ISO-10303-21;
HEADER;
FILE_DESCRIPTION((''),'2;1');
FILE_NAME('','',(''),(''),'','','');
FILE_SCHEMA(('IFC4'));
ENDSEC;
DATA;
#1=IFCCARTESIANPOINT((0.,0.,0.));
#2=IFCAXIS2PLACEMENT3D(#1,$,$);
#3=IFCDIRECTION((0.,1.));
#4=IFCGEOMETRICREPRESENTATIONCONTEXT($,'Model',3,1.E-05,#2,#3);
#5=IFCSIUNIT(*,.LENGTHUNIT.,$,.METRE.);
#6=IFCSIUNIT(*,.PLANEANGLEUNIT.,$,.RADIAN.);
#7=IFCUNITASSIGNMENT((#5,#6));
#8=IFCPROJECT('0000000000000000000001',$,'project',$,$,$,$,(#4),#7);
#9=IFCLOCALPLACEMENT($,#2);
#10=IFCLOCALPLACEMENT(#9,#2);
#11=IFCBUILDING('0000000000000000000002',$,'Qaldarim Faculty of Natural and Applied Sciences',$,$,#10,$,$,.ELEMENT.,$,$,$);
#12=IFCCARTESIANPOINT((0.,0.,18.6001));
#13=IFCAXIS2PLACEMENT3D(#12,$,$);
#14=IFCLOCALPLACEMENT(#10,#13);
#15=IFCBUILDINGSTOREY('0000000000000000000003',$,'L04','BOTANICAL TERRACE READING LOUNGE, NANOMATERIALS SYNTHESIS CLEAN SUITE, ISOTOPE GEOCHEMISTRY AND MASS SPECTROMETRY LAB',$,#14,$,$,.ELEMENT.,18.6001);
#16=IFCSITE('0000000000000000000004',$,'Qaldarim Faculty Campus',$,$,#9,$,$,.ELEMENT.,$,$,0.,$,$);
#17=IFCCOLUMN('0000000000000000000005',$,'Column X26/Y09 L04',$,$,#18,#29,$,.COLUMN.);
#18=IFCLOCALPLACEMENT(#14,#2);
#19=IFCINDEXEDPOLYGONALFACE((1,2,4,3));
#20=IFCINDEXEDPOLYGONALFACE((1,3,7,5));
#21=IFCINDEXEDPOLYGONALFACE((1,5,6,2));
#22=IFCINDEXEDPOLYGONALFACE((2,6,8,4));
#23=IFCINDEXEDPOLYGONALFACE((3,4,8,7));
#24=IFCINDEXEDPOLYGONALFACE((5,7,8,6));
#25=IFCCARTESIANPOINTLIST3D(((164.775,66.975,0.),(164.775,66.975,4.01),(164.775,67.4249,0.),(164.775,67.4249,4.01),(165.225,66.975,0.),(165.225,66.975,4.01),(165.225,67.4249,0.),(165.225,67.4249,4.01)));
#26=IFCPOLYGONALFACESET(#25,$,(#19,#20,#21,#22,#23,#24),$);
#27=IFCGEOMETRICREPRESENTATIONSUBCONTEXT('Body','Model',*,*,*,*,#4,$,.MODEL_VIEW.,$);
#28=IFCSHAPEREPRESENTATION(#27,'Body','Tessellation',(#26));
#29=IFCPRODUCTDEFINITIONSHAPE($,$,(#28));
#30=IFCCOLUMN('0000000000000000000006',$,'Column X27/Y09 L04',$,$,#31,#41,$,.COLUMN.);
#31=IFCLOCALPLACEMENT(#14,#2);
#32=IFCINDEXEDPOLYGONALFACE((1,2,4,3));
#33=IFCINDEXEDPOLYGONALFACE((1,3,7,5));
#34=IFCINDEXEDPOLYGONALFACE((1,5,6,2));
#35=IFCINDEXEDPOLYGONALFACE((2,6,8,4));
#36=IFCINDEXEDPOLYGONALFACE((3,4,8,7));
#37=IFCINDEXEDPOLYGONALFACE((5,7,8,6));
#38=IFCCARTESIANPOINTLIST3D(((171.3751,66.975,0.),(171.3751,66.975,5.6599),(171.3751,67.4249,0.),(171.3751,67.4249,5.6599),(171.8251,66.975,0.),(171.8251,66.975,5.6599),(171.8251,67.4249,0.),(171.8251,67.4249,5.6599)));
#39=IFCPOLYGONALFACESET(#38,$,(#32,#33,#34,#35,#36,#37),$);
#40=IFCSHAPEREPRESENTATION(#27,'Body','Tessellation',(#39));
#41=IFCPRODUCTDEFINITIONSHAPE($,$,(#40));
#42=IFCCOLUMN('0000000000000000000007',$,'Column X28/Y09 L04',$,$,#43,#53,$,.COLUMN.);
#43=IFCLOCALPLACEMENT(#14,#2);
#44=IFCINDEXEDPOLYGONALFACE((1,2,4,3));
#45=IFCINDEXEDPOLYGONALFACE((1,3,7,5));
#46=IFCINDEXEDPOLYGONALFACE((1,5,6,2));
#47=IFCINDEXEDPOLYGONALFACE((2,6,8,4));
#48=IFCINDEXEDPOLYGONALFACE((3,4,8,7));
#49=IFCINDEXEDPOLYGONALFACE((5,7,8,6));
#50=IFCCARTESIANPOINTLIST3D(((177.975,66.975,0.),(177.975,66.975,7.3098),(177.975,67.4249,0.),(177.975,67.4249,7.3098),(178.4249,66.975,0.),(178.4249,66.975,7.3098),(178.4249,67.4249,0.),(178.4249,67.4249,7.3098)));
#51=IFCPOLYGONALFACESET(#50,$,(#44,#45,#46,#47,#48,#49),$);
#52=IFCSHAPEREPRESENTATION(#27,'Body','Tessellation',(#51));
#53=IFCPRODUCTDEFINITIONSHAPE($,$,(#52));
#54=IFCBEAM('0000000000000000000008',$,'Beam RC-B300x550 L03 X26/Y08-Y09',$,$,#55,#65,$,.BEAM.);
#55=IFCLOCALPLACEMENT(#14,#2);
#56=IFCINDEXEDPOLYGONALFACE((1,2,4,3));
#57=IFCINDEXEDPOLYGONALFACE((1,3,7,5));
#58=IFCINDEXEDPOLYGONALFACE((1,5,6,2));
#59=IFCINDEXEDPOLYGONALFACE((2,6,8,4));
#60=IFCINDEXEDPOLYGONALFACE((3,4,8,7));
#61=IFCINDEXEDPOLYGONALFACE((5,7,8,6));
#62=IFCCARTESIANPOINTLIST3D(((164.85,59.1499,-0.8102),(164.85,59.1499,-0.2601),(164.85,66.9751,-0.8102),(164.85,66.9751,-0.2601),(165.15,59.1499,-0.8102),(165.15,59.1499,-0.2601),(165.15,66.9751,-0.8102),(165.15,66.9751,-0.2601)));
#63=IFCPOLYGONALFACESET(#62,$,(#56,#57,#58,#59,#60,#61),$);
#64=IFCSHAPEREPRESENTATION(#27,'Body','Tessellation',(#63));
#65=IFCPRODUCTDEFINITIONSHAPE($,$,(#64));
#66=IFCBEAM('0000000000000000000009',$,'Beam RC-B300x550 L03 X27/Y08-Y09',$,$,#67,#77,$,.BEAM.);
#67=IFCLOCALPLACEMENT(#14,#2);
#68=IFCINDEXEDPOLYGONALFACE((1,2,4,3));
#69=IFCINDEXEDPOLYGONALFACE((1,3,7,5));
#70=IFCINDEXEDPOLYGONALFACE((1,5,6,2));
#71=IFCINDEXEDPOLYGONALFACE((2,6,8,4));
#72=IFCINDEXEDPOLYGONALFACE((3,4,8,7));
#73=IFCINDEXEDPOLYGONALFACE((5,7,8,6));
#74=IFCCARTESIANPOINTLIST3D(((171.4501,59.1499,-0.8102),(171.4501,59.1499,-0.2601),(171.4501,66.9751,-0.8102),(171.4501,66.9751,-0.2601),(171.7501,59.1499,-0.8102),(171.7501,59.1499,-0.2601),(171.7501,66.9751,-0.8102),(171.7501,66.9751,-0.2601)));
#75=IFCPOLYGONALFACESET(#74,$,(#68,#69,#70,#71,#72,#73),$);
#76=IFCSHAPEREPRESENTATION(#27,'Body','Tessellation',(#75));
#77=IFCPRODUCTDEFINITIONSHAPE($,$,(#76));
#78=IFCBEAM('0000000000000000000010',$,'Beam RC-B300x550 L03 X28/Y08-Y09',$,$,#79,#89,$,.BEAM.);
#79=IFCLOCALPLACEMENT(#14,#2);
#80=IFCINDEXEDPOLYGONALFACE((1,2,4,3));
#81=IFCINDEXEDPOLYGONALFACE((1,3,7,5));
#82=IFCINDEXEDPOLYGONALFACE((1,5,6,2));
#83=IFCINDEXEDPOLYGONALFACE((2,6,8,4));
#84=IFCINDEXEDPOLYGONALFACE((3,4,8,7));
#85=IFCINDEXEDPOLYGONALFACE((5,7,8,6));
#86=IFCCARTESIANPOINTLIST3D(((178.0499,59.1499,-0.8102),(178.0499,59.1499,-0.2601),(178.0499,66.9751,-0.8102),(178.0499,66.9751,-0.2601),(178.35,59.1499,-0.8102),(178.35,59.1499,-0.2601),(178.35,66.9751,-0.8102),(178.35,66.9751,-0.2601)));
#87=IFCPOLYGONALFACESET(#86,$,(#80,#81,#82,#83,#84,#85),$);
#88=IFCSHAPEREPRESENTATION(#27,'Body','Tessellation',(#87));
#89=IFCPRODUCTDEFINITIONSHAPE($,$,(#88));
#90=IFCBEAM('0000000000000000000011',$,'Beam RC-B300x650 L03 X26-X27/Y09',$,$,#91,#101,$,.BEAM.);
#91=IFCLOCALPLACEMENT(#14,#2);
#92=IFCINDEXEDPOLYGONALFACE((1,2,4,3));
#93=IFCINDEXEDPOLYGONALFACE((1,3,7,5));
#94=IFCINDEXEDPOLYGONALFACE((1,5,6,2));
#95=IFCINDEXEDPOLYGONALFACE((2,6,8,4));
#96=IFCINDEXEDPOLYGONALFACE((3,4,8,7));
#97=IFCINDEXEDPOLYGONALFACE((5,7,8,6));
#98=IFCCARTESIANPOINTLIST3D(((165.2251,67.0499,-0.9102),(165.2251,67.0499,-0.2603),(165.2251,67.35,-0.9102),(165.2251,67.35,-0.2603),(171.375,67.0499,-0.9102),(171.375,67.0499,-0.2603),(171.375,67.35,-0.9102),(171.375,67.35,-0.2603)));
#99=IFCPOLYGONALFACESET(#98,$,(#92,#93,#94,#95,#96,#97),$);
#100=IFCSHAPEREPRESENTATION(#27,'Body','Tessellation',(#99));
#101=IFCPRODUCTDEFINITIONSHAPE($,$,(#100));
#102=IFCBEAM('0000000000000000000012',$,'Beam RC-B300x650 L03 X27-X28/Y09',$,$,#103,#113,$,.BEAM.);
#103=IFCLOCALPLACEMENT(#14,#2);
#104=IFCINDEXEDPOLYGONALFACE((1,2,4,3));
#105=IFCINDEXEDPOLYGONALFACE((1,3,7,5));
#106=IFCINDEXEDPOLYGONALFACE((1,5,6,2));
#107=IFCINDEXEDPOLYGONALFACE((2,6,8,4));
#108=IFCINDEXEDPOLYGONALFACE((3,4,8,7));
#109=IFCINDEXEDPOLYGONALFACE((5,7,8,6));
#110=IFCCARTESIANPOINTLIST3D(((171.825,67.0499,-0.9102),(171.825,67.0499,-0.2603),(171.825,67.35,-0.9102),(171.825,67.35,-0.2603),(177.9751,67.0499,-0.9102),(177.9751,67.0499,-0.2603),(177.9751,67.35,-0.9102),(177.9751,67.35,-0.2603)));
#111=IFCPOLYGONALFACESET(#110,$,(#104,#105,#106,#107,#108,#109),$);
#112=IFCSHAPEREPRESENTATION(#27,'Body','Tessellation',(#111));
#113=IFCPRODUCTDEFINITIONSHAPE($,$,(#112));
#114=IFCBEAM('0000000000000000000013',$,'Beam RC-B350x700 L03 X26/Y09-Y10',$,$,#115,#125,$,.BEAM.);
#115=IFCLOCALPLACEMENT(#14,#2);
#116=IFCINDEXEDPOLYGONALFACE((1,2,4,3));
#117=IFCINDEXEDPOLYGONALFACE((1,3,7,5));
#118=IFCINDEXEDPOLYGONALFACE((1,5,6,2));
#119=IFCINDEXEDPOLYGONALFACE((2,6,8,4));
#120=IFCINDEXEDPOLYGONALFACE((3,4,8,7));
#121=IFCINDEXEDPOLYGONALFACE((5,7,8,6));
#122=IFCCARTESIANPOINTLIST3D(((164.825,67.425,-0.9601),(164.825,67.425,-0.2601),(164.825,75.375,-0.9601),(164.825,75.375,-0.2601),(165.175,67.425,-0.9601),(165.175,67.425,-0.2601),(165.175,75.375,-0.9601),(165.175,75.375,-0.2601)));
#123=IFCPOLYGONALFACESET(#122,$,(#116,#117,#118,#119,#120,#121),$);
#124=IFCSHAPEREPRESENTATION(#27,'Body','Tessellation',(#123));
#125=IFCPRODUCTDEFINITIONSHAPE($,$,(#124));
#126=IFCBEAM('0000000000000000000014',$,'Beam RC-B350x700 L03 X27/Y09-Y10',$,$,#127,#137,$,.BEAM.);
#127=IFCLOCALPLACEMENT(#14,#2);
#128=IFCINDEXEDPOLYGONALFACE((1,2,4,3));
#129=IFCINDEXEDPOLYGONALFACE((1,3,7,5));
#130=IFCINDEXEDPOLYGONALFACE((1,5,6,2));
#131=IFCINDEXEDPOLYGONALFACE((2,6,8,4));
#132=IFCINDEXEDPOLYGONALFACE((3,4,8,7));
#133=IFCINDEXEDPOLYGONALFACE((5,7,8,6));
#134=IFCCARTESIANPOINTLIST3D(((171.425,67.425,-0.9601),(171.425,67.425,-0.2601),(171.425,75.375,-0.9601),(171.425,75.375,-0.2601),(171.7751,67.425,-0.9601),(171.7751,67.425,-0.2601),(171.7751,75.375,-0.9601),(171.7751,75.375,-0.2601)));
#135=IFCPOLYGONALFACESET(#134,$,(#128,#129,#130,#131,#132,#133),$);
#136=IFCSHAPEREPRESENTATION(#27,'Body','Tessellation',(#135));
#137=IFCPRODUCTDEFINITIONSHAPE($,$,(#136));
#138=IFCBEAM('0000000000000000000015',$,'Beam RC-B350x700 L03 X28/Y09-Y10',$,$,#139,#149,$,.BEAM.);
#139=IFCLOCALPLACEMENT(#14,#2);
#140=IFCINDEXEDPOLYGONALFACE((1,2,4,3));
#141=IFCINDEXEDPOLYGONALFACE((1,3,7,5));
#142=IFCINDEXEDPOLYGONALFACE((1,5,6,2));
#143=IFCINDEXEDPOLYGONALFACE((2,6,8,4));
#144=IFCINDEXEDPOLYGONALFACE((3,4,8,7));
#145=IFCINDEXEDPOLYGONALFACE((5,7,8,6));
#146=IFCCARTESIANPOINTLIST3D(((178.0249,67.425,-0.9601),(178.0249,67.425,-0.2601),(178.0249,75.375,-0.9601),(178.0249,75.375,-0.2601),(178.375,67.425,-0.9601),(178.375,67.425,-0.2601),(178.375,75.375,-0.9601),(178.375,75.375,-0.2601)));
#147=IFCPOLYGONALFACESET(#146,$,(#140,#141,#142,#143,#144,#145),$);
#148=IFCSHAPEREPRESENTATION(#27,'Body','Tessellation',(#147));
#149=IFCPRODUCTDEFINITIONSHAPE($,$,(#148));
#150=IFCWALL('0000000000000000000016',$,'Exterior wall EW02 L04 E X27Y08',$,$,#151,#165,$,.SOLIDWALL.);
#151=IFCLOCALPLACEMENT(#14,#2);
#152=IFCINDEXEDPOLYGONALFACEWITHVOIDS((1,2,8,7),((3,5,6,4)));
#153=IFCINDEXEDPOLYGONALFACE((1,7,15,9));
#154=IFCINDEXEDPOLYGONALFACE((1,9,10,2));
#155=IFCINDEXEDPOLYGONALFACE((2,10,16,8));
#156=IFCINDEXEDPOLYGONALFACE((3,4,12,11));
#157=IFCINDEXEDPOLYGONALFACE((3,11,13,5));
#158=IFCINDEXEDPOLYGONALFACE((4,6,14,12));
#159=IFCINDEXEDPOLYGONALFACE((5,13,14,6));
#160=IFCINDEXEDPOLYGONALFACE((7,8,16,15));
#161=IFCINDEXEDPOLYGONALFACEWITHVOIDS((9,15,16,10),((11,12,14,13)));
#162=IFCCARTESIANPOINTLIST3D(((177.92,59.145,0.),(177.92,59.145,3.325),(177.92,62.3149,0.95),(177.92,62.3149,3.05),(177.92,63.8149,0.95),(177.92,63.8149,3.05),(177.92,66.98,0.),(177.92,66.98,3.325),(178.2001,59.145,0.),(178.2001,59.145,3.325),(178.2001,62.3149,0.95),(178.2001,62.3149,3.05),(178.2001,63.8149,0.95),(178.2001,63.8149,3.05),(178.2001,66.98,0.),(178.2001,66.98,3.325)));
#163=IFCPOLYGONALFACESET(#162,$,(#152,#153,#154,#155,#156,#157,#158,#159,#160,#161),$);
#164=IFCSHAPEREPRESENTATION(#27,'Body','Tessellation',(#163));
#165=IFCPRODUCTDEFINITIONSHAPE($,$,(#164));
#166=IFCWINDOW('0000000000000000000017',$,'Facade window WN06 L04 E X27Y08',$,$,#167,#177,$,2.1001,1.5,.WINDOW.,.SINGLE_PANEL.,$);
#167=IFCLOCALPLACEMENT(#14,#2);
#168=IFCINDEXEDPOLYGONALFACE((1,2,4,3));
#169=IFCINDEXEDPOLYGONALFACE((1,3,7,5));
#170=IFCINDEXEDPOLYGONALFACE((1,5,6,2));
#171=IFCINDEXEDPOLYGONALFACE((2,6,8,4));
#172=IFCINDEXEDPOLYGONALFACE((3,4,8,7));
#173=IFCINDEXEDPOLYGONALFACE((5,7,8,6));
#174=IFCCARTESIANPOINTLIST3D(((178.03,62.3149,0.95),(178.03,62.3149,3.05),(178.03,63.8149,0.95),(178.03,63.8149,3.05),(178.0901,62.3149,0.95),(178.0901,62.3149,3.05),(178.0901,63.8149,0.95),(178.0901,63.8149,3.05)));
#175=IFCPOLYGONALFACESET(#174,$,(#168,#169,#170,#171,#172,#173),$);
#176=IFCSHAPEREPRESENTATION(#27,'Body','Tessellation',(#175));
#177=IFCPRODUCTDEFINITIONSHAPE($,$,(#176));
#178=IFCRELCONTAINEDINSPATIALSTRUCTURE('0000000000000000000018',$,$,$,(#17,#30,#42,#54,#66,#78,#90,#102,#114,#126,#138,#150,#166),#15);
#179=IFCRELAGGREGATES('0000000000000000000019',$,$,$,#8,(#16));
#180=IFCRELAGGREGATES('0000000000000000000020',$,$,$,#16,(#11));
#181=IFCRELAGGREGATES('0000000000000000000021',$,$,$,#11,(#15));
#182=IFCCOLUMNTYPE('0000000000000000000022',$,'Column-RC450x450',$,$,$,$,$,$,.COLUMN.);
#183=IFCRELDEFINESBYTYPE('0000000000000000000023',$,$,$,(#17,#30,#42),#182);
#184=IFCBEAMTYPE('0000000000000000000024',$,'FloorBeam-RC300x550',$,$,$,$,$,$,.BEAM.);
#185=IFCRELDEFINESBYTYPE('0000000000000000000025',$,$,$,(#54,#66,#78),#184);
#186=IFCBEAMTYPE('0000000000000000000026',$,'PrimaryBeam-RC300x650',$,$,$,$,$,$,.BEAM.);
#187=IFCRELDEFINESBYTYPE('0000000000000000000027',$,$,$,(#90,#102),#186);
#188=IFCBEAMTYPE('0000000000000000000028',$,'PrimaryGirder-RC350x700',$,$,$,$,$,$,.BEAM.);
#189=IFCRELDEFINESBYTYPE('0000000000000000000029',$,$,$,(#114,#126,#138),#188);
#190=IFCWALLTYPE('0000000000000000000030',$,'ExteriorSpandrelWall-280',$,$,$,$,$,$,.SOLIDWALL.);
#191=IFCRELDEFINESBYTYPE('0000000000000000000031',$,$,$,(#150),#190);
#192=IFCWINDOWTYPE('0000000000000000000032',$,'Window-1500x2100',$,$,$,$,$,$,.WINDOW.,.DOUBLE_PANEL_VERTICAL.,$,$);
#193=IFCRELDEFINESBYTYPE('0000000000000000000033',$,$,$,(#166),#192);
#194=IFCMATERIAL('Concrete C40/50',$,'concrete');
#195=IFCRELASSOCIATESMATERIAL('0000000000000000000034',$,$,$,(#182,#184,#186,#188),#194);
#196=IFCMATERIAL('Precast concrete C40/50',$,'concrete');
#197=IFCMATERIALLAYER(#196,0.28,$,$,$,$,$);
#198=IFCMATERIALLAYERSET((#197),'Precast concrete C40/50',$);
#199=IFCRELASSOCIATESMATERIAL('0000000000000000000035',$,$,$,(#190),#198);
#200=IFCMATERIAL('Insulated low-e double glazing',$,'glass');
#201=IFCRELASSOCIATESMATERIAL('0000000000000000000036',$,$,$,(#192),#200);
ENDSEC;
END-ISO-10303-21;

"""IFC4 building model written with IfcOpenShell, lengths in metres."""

from ifc_helpers import new_model, si_unit, direction, frame, frame_2d, origin, origin_2d, place, context, subcontext, project, spatial, rectangle, extrude, material, layer, layer_set, material_profile, profile_set, type_object, element, fill, save


model = new_model("IFC4")

# Units and contexts
model_context = context("Model", 3, precision=1e-05, world=origin(), true_north=direction((0.0, 1.0)))
body_context = subcontext(model_context, "Body", "Model", "MODEL_VIEW")
ifc_project = project(units=[si_unit("LENGTHUNIT", "METRE"), si_unit("PLANEANGLEUNIT", "RADIAN")], contexts=[model_context])

# Site, building, storey
site_placement = place(None, origin())
site = spatial("IfcSite", under=ifc_project, at=site_placement, Name="Qaldarim Faculty Campus", CompositionType="ELEMENT", RefElevation=0.0)
building_placement = place(site_placement, origin())
building = spatial("IfcBuilding", under=site, at=building_placement, Name="Qaldarim Faculty of Natural and Applied Sciences", CompositionType="ELEMENT")
storey_placement = place(building_placement, frame((0.0, 0.0, 18.6001)))
storey = spatial("IfcBuildingStorey", under=building, at=storey_placement, Name="L04", Description="BOTANICAL TERRACE READING LOUNGE, NANOMATERIALS SYNTHESIS CLEAN SUITE, ISOTOPE GEOCHEMISTRY AND MASS SPECTROMETRY LAB", CompositionType="ELEMENT", Elevation=18.6001)

# Columns
ifc_material_1 = material(Name="Concrete C40/50", Category="concrete")
ifc_material_profile_1 = material_profile(ifc_material_1, rectangle(XDim=0.45, YDim=0.45, at=origin_2d()), Name="RC-C450x450")
ifc_profile_set_1 = profile_set([ifc_material_profile_1], Name="Concrete C40/50")
column_type = type_object("IfcColumnType", Name="Column-RC450x450", PredefinedType="COLUMN", material=ifc_profile_set_1)
column_1_placement = place(storey_placement, frame((165.0, 67.2, 0.0), z_axis=(0.0, 0.0, 1.0), x_axis=(1.0, 0.0, 0.0)))
element("IfcColumn", 1, at=column_1_placement, inside=storey, type_object=column_type, Name="Column X26/Y09 L04", PredefinedType="COLUMN", context=body_context, shape_type="SweptSolid", body=[
    extrude(rectangle(XDim=0.45, YDim=0.45, at=origin_2d()), origin(), (0.0, 0.0, 1.0), 4.01),
])
column_2_placement = place(storey_placement, frame((171.6001, 67.2, 0.0), z_axis=(0.0, 0.0, 1.0), x_axis=(1.0, 0.0, 0.0)))
element("IfcColumn", 2, at=column_2_placement, inside=storey, type_object=column_type, Name="Column X27/Y09 L04", PredefinedType="COLUMN", context=body_context, shape_type="SweptSolid", body=[
    extrude(rectangle(XDim=0.45, YDim=0.45, at=origin_2d()), origin(), (0.0, 0.0, 1.0), 5.6599),
])
column_3_placement = place(storey_placement, frame((178.2, 67.2, 0.0), z_axis=(0.0, 0.0, 1.0), x_axis=(1.0, 0.0, 0.0)))
element("IfcColumn", 3, at=column_3_placement, inside=storey, type_object=column_type, Name="Column X28/Y09 L04", PredefinedType="COLUMN", context=body_context, shape_type="SweptSolid", body=[
    extrude(rectangle(XDim=0.45, YDim=0.45, at=origin_2d()), origin(), (0.0, 0.0, 1.0), 7.3098),
])

# Beams
ifc_material_profile_2 = material_profile(ifc_material_1, rectangle(XDim=0.3, YDim=0.55, at=origin_2d()), Name="RC-B300x550")
ifc_profile_set_2 = profile_set([ifc_material_profile_2], Name="Concrete C40/50")
beam_type_1 = type_object("IfcBeamType", Name="FloorBeam-RC300x550", PredefinedType="BEAM", material=ifc_profile_set_2)
for number, where, z_axis, x_axis, name in (
    (4, (165.0, 59.1499, -0.5352), (0.0, 1.0, 0.0), (-1.0, 0.0, 0.0), "Beam RC-B300x550 L03 X26/Y08-Y09"),
    (5, (171.6001, 59.1499, -0.5352), (0.0, 1.0, 0.0), (-1.0, 0.0, 0.0), "Beam RC-B300x550 L03 X27/Y08-Y09"),
    (6, (178.2, 59.1499, -0.5352), (0.0, 1.0, 0.0), (-1.0, 0.0, 0.0), "Beam RC-B300x550 L03 X28/Y08-Y09"),
):
    element("IfcBeam", number, at=place(storey_placement, frame(where, z_axis=z_axis, x_axis=x_axis)), inside=storey, type_object=beam_type_1, Name=name, PredefinedType="BEAM", context=body_context, shape_type="SweptSolid", body=[
        extrude(rectangle(XDim=0.3, YDim=0.55, at=origin_2d()), origin(), (0.0, 0.0, 1.0), 7.8252),
    ])
ifc_material_profile_3 = material_profile(ifc_material_1, rectangle(XDim=0.3, YDim=0.6499, at=origin_2d()), Name="RC-B300x650")
ifc_profile_set_3 = profile_set([ifc_material_profile_3], Name="Concrete C40/50")
beam_type_2 = type_object("IfcBeamType", Name="PrimaryBeam-RC300x650", PredefinedType="BEAM", material=ifc_profile_set_3)
beam_1_placement = place(storey_placement, frame((165.2251, 67.2, -0.5852), z_axis=(1.0, 0.0, 0.0), x_axis=(0.0, 1.0, 0.0)))
element("IfcBeam", 7, at=beam_1_placement, inside=storey, type_object=beam_type_2, Name="Beam RC-B300x650 L03 X26-X27/Y09", PredefinedType="BEAM", context=body_context, shape_type="SweptSolid", body=[
    extrude(rectangle(XDim=0.3, YDim=0.6499, at=origin_2d()), origin(), (0.0, 0.0, 1.0), 6.1499),
])
beam_2_placement = place(storey_placement, frame((171.825, 67.2, -0.5852), z_axis=(1.0, 0.0, 0.0), x_axis=(0.0, 1.0, 0.0)))
element("IfcBeam", 8, at=beam_2_placement, inside=storey, type_object=beam_type_2, Name="Beam RC-B300x650 L03 X27-X28/Y09", PredefinedType="BEAM", context=body_context, shape_type="SweptSolid", body=[
    extrude(rectangle(XDim=0.3, YDim=0.6499, at=origin_2d()), origin(), (0.0, 0.0, 1.0), 6.1501),
])
ifc_material_profile_4 = material_profile(ifc_material_1, rectangle(XDim=0.3501, YDim=0.7, at=origin_2d()), Name="RC-B350x700")
ifc_profile_set_4 = profile_set([ifc_material_profile_4], Name="Concrete C40/50")
beam_type_3 = type_object("IfcBeamType", Name="PrimaryGirder-RC350x700", PredefinedType="BEAM", material=ifc_profile_set_4)
for number, where, z_axis, x_axis, name in (
    (9, (165.0, 67.425, -0.6101), (0.0, 1.0, 0.0), (-1.0, 0.0, 0.0), "Beam RC-B350x700 L03 X26/Y09-Y10"),
    (10, (171.6001, 67.425, -0.6101), (0.0, 1.0, 0.0), (-1.0, 0.0, 0.0), "Beam RC-B350x700 L03 X27/Y09-Y10"),
    (11, (178.2, 67.425, -0.6101), (0.0, 1.0, 0.0), (-1.0, 0.0, 0.0), "Beam RC-B350x700 L03 X28/Y09-Y10"),
):
    element("IfcBeam", number, at=place(storey_placement, frame(where, z_axis=z_axis, x_axis=x_axis)), inside=storey, type_object=beam_type_3, Name=name, PredefinedType="BEAM", context=body_context, shape_type="SweptSolid", body=[
        extrude(rectangle(XDim=0.3501, YDim=0.7, at=origin_2d()), origin(), (0.0, 0.0, 1.0), 7.95),
    ])

# Wall, opening, window
ifc_material_2 = material(Name="Precast concrete C40/50", Category="concrete")
ifc_layer_1 = layer(ifc_material_2, 0.28)
ifc_layer_set_1 = layer_set([ifc_layer_1], Name="Precast concrete C40/50")
wall_type_1 = type_object("IfcWallType", Name="ExteriorSpandrelWall-280", PredefinedType="SOLIDWALL", material=ifc_layer_set_1)
wall_1_placement = place(storey_placement, frame((178.0601, 59.145, 0.0), z_axis=(0.0, 0.0, 1.0), x_axis=(0.0, 1.0, 0.0)))
wall_1 = element("IfcWall", 12, at=wall_1_placement, inside=storey, type_object=wall_type_1, Name="Exterior wall EW02 L04 E X27Y08", PredefinedType="SOLIDWALL", context=body_context, shape_type="SweptSolid", body=[
    extrude(rectangle(XDim=7.835, YDim=0.28, at=frame_2d((3.9175, 0.0))), origin(), (0.0, 0.0, 1.0), 3.325),
])
opening_1_placement = place(wall_1_placement, frame((3.1699, 0.0, 0.95)))
opening_1 = element("IfcOpeningElement", 13, at=opening_1_placement, cuts=wall_1, PredefinedType="OPENING", context=body_context, shape_type="SweptSolid", body=[
    extrude(rectangle(XDim=1.5, YDim=2.1001, at=frame_2d((0.75, 1.05))), frame((0.0, 0.1499, 0.0), z_axis=(0.0, -1.0, 0.0), x_axis=(1.0, 0.0, 0.0)), (0.0, 0.0, 1.0), 0.3),
])
ifc_material_3 = material(Name="Insulated low-e double glazing", Category="glass")
window_type_1 = type_object("IfcWindowType", Name="Window-1500x2100", PartitioningType="DOUBLE_PANEL_VERTICAL", PredefinedType="WINDOW", material=ifc_material_3)
window_1_placement = place(opening_1_placement, origin())
window_1 = element("IfcWindow", 14, at=window_1_placement, inside=storey, type_object=window_type_1, Name="Facade window WN06 L04 E X27Y08", OverallHeight=2.1001, OverallWidth=1.5, PartitioningType="SINGLE_PANEL", PredefinedType="WINDOW", context=body_context, shape_type="SweptSolid", body=[
    extrude(rectangle(XDim=1.5, YDim=2.1001, at=frame_2d((0.75, 1.05))), frame((0.0, 0.03, 0.0), z_axis=(0.0, -1.0, 0.0), x_axis=(1.0, 0.0, 0.0)), (0.0, 0.0, 1.0), 0.0601),
])
fill(opening_1, window_1)

save(model, "model.ifc")
